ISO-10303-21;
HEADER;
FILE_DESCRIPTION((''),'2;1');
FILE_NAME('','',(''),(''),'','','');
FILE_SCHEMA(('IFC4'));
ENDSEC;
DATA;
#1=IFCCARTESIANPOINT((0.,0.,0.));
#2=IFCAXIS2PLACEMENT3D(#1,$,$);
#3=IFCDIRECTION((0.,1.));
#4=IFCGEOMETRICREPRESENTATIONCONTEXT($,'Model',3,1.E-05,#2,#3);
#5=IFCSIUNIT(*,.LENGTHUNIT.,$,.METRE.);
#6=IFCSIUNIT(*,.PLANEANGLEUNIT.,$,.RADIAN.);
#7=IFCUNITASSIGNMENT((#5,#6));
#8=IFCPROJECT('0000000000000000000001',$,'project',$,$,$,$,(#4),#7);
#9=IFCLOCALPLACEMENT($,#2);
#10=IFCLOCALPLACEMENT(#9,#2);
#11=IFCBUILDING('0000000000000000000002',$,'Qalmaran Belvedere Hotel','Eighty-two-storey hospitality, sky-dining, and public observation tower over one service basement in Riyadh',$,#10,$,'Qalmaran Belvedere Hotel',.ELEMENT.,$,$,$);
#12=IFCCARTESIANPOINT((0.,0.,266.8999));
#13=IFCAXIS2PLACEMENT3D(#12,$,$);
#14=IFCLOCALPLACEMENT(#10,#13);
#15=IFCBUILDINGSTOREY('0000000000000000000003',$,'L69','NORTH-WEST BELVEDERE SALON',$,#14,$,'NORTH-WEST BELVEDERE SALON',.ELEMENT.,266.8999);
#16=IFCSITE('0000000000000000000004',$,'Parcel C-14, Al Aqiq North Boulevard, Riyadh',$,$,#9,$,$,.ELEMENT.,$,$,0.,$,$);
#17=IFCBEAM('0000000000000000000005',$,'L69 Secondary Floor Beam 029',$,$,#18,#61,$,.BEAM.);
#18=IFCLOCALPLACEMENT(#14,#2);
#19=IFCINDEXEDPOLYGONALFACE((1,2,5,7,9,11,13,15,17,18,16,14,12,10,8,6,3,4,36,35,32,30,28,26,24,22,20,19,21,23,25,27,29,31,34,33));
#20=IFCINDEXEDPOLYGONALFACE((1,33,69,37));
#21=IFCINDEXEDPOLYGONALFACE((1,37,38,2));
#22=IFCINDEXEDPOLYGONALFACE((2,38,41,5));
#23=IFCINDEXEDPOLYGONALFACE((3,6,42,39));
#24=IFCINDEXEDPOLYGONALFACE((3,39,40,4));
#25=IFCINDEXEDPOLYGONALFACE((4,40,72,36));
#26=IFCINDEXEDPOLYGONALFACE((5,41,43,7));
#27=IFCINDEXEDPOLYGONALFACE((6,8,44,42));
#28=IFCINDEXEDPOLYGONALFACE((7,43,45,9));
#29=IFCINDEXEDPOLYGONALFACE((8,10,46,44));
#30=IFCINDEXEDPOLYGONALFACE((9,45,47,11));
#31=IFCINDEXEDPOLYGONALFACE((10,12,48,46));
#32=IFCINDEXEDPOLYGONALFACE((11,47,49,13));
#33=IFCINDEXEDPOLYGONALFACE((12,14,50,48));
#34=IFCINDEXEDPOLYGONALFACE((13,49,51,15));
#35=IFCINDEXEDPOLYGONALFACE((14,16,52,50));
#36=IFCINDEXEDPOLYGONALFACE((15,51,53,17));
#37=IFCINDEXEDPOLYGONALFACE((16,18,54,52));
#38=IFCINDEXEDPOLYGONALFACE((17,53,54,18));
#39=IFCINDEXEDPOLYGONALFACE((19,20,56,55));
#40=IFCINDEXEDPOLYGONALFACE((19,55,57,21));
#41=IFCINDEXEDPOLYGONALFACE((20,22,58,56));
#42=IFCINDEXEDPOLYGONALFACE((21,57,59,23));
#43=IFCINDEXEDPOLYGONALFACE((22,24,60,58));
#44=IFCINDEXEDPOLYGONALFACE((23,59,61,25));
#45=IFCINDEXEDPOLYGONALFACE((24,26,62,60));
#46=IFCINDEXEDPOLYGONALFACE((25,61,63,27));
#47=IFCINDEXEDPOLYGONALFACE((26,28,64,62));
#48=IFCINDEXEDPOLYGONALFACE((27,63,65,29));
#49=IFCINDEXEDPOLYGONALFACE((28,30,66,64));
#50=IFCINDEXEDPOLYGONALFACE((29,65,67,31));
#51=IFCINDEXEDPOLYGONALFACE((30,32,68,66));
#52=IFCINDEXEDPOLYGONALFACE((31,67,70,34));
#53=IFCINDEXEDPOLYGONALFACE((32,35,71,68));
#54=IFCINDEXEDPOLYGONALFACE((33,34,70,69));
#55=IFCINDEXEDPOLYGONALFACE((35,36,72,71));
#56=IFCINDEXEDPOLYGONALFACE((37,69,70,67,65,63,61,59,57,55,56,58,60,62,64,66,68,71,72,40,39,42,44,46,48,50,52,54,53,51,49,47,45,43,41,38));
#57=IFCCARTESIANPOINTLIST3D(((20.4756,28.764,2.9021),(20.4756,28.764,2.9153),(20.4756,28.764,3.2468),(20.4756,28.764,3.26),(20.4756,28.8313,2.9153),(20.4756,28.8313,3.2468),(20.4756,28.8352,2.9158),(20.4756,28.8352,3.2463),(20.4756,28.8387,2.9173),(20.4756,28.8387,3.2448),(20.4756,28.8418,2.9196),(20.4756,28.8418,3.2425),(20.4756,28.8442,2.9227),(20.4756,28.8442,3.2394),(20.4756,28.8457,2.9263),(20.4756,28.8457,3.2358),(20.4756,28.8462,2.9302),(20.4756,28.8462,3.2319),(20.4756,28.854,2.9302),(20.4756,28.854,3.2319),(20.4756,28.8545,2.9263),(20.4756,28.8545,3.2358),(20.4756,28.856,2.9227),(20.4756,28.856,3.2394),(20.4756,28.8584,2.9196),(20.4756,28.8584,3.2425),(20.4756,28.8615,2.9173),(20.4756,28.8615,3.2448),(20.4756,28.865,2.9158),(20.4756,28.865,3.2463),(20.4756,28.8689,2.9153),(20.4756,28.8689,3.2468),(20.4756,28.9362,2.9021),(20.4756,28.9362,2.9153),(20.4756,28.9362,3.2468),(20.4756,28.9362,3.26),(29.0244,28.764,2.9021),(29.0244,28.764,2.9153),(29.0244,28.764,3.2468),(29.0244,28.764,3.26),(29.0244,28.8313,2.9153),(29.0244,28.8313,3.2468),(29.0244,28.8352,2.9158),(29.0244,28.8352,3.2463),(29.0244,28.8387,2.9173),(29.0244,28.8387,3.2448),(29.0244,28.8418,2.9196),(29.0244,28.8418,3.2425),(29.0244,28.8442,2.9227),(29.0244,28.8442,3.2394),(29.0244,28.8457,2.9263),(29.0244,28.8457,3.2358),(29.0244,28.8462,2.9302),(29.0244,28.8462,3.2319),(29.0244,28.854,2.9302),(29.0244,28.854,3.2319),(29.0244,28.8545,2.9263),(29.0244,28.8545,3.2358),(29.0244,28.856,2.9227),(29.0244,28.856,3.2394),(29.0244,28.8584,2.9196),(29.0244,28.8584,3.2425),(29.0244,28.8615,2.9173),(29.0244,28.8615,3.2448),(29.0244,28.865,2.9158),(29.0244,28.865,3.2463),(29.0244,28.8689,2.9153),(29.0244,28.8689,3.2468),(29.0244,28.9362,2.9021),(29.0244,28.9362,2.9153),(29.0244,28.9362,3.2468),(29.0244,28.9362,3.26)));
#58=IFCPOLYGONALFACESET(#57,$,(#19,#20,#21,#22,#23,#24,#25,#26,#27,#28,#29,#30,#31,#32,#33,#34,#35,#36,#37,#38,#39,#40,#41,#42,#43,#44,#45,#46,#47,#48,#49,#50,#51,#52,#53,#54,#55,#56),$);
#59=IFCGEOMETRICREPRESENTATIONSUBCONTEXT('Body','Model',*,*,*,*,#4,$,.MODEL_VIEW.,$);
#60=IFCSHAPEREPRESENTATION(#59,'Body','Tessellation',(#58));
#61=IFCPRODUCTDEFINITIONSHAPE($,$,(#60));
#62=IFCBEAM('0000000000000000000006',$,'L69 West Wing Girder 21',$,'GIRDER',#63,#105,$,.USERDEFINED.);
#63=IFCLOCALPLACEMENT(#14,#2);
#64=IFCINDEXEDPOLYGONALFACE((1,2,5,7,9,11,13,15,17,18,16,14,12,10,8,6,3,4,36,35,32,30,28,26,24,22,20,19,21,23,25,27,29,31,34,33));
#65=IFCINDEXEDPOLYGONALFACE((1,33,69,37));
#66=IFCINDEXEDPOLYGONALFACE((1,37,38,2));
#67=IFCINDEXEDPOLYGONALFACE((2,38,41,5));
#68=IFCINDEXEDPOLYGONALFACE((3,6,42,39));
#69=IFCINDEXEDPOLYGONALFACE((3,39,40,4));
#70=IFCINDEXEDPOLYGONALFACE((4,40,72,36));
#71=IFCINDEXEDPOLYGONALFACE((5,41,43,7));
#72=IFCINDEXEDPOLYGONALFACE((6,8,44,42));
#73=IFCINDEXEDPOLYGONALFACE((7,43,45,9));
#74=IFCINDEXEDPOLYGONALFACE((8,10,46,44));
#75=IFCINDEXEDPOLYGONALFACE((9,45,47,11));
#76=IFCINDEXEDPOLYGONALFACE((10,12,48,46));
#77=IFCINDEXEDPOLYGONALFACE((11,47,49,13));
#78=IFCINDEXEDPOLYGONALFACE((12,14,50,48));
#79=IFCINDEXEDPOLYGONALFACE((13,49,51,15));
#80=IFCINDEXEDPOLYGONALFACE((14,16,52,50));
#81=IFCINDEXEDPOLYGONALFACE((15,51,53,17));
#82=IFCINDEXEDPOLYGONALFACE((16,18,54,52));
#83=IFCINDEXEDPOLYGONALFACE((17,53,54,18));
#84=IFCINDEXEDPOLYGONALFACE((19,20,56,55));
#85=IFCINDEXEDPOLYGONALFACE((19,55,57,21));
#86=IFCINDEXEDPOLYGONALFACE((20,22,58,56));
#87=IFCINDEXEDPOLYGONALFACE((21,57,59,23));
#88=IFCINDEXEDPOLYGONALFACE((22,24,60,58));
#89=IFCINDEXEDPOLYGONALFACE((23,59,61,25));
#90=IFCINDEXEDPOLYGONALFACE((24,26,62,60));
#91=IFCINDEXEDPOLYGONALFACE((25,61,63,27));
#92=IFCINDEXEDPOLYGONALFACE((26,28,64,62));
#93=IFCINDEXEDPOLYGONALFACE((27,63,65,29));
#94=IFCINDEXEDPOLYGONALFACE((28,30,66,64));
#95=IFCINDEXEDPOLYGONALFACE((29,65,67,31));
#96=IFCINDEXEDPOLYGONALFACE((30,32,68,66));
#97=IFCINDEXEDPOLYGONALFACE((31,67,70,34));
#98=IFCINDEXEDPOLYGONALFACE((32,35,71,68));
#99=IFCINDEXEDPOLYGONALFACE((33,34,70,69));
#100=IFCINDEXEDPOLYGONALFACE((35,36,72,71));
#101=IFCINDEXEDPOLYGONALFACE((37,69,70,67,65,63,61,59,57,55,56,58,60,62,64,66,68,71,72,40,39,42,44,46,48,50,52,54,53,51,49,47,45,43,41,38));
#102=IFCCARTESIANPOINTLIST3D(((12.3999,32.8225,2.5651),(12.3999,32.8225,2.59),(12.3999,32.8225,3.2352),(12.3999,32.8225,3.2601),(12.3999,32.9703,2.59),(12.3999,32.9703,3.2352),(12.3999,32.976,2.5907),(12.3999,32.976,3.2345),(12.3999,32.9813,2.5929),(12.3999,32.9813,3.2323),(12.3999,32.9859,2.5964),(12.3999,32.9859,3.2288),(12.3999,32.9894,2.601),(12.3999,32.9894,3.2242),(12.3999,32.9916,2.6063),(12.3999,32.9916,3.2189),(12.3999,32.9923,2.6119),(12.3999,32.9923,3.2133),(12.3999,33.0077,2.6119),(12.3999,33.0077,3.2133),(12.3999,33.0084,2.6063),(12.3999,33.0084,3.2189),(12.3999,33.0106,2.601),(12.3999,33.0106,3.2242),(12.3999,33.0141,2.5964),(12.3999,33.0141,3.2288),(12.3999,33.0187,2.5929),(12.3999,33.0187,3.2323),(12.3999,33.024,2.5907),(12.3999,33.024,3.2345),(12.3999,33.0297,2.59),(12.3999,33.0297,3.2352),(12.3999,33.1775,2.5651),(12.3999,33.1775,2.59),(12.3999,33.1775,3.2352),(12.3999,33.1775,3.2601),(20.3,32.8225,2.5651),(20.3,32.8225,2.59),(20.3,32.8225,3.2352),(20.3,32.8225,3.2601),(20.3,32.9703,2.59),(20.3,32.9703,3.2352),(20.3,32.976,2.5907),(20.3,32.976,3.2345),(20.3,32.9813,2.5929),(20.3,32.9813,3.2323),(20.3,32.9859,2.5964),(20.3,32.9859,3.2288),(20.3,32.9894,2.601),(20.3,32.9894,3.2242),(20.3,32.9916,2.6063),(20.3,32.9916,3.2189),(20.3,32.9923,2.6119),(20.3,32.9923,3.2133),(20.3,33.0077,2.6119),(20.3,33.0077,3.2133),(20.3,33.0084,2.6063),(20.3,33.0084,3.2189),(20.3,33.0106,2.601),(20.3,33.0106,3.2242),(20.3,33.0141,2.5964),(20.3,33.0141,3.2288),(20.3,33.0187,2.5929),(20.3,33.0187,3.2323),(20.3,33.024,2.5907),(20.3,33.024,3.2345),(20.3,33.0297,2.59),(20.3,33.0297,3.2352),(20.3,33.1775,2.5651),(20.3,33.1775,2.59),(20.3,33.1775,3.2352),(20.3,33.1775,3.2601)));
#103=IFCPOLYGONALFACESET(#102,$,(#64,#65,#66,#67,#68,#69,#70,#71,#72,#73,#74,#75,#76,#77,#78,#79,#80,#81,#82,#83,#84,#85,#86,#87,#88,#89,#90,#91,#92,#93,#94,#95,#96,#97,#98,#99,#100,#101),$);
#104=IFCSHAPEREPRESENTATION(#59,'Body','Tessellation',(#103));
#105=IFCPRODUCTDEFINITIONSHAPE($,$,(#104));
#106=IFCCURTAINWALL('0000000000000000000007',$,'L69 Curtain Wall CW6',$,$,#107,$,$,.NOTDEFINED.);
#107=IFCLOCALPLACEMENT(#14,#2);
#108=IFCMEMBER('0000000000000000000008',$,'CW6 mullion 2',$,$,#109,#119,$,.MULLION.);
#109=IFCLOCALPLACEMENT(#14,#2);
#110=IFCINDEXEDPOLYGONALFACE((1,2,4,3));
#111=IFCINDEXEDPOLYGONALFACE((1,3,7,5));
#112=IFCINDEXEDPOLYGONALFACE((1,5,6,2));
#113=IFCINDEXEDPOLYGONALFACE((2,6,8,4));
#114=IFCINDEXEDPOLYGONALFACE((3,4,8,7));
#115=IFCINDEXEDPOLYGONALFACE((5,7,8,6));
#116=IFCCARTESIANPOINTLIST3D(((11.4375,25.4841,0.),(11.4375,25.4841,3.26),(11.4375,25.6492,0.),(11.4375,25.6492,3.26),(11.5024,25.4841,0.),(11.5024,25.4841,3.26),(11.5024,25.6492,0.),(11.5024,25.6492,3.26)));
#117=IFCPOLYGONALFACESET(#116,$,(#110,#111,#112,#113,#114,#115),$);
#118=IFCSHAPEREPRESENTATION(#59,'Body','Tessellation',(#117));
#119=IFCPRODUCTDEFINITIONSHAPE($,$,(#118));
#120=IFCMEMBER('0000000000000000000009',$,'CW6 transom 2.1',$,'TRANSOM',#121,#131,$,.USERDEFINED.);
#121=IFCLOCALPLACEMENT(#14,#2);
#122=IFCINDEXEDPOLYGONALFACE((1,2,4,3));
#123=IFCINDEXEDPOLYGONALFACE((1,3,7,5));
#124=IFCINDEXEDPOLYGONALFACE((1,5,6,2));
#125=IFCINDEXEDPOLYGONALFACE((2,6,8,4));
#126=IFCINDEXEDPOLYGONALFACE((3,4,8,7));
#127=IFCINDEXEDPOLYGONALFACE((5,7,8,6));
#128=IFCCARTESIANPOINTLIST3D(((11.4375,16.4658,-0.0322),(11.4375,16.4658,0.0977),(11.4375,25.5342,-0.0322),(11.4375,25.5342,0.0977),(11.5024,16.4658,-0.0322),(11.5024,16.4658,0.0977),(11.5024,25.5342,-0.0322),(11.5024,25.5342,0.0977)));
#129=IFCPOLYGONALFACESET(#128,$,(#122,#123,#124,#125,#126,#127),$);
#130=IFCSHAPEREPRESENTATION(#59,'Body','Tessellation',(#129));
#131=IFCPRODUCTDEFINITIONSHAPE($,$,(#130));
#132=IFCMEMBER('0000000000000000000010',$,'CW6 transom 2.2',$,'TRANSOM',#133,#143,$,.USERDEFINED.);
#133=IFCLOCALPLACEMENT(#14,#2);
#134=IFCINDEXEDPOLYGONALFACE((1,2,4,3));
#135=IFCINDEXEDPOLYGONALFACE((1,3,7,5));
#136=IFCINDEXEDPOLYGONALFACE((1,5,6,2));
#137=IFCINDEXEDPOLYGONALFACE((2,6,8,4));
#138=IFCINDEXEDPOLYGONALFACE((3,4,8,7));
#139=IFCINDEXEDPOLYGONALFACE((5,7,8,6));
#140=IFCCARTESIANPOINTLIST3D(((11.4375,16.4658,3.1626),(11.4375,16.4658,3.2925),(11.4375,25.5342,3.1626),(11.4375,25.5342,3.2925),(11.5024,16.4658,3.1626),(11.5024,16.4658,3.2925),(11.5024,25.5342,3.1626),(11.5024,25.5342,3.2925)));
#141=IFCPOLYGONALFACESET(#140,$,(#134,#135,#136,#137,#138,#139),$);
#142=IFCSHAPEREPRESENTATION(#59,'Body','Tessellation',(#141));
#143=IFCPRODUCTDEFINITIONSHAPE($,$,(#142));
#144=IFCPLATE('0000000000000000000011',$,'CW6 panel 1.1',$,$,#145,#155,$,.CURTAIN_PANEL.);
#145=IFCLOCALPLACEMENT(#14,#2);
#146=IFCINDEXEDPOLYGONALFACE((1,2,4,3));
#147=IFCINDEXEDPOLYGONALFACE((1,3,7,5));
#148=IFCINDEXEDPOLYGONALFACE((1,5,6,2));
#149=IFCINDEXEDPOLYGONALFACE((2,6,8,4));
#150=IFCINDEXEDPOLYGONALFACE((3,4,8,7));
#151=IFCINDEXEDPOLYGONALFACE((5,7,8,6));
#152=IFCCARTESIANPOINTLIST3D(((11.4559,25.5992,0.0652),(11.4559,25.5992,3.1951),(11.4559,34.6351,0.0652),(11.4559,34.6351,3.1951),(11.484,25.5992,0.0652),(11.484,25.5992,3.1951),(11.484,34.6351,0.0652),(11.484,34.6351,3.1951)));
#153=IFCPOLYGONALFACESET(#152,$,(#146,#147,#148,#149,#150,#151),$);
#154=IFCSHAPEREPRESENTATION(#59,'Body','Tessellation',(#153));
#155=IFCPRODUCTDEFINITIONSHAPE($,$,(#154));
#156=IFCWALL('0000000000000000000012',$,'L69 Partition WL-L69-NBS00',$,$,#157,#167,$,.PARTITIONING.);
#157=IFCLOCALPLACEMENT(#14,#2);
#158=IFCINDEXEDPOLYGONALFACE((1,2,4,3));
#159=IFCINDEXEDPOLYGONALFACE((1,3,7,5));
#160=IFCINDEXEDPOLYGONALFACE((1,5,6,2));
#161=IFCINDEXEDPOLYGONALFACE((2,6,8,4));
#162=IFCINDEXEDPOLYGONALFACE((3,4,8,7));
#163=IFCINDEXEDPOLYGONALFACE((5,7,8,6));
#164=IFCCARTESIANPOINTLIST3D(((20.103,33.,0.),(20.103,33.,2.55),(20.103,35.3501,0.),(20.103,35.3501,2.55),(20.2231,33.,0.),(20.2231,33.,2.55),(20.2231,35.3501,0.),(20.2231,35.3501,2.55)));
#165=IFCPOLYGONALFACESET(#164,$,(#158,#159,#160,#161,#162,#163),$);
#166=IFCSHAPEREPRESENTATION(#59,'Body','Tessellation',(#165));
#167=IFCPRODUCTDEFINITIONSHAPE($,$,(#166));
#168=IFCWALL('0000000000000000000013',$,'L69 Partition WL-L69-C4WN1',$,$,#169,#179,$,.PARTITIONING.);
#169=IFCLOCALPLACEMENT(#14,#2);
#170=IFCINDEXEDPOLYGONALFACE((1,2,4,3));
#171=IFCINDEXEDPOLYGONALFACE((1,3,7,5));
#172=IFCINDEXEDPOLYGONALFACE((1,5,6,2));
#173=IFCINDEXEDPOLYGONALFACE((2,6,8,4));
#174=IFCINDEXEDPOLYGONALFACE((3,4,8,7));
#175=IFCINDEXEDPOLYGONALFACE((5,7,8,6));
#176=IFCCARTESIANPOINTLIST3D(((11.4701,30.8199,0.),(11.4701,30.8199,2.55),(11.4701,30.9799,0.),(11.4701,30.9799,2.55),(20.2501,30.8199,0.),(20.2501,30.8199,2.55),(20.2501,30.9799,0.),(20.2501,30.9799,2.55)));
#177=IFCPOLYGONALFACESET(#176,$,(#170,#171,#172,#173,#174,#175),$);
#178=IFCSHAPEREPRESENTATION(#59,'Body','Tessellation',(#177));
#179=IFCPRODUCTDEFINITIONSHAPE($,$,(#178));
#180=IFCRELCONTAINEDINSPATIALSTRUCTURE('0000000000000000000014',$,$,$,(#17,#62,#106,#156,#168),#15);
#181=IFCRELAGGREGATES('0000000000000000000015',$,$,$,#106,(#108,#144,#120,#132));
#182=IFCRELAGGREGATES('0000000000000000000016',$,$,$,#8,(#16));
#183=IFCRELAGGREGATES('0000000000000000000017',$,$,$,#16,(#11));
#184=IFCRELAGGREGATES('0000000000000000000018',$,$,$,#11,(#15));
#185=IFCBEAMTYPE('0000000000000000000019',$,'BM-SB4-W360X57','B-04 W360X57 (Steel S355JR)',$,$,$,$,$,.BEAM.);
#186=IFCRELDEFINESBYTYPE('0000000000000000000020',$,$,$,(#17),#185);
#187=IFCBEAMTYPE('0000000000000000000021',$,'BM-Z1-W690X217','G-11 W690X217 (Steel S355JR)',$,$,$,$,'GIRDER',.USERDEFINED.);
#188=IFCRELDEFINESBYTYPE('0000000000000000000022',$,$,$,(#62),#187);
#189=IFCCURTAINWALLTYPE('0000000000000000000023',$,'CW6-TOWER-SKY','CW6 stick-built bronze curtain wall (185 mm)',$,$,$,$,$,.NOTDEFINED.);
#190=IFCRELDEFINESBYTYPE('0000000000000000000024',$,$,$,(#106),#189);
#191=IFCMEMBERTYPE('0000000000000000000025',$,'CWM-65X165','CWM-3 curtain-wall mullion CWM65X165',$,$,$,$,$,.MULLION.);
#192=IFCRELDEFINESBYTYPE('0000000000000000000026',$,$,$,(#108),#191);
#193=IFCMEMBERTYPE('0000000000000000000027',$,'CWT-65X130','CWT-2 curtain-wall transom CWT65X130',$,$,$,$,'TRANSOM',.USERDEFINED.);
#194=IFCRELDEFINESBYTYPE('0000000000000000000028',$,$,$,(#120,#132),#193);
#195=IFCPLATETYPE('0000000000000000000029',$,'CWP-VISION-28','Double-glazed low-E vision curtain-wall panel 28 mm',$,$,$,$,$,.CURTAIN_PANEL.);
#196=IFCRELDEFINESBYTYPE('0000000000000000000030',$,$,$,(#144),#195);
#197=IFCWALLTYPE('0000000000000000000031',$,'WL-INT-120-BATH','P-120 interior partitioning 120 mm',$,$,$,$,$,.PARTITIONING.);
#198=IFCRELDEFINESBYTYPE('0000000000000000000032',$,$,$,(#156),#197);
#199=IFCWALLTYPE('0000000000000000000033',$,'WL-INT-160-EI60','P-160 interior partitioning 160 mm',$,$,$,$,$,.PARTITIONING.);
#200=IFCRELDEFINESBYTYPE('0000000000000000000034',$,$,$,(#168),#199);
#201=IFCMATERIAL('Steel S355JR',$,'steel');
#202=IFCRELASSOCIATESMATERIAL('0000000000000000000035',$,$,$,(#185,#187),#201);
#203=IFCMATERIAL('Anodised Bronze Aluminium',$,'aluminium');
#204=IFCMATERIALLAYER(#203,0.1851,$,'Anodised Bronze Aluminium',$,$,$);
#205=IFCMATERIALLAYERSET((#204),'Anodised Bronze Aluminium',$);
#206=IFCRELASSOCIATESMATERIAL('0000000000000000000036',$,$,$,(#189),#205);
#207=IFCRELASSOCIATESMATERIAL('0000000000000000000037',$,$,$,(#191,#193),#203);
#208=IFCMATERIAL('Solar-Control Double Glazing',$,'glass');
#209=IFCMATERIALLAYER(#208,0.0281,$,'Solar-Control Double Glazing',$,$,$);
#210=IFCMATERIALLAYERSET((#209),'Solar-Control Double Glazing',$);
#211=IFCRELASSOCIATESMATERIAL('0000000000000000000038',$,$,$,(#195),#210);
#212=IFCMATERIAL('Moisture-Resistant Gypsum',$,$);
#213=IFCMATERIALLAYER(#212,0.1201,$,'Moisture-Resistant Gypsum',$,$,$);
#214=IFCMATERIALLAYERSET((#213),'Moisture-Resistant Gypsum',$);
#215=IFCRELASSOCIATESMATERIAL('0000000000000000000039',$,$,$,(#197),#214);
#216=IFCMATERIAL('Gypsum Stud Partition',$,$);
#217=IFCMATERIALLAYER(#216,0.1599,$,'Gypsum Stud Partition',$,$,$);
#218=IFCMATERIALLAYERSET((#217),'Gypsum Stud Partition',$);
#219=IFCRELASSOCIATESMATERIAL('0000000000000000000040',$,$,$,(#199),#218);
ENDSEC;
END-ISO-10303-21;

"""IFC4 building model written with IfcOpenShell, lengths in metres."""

from ifc_helpers import new_model, si_unit, direction, frame, frame_2d, origin, origin_2d, place, context, subcontext, project, spatial, rectangle, i_section, extrude, material, layer, layer_set, material_profile, profile_set, type_object, element, aggregate, save


model = new_model("IFC4")

# Units and contexts
model_context = context("Model", 3, precision=1e-05, world=origin(), true_north=direction((0.0, 1.0)))
body_context = subcontext(model_context, "Body", "Model", "MODEL_VIEW")
ifc_project = project(units=[si_unit("LENGTHUNIT", "METRE"), si_unit("PLANEANGLEUNIT", "RADIAN")], contexts=[model_context])

# Site, building, storey
site_placement = place(None, origin())
site = spatial("IfcSite", under=ifc_project, at=site_placement, Name="Parcel C-14, Al Aqiq North Boulevard, Riyadh", CompositionType="ELEMENT", RefElevation=0.0)
building_placement = place(site_placement, origin())
building = spatial("IfcBuilding", under=site, at=building_placement, Name="Qalmaran Belvedere Hotel", Description="Eighty-two-storey hospitality, sky-dining, and public observation tower over one service basement in Riyadh", LongName="Qalmaran Belvedere Hotel", CompositionType="ELEMENT")
storey_placement = place(building_placement, frame((0.0, 0.0, 266.8999)))
storey = spatial("IfcBuildingStorey", under=building, at=storey_placement, Name="L69", Description="NORTH-WEST BELVEDERE SALON", LongName="NORTH-WEST BELVEDERE SALON", CompositionType="ELEMENT", Elevation=266.8999)

# Beams
ifc_material_1 = material(Name="Steel S355JR", Category="steel")
ifc_material_profile_1 = material_profile(ifc_material_1, i_section(OverallWidth=0.1721, OverallDepth=0.3579, WebThickness=0.0078, FlangeThickness=0.0132, FilletRadius=0.0149, at=origin_2d()), Name="W360X57")
ifc_profile_set_1 = profile_set([ifc_material_profile_1], Name="Steel S355JR")
beam_type_1 = type_object("IfcBeamType", Name="BM-SB4-W360X57", Description="B-04 W360X57 (Steel S355JR)", PredefinedType="BEAM", material=ifc_profile_set_1)
beam_1_placement = place(storey_placement, frame((20.4756, 28.8501, 3.0811), z_axis=(1.0, 0.0, 0.0), x_axis=(0.0, 1.0, 0.0)))
element("IfcBeam", 1, at=beam_1_placement, inside=storey, type_object=beam_type_1, Name="L69 Secondary Floor Beam 029", PredefinedType="BEAM", context=body_context, shape_type="SweptSolid", body=[
    extrude(i_section(OverallWidth=0.1721, OverallDepth=0.3579, WebThickness=0.0078, FlangeThickness=0.0132, FilletRadius=0.0149, at=origin_2d()), origin(), (0.0, 0.0, 1.0), 8.5488),
])
ifc_material_profile_2 = material_profile(ifc_material_1, i_section(OverallWidth=0.355, OverallDepth=0.6951, WebThickness=0.0154, FlangeThickness=0.0249, FilletRadius=0.022, at=origin_2d()), Name="W690X217")
ifc_profile_set_2 = profile_set([ifc_material_profile_2], Name="Steel S355JR")
beam_type_2 = type_object("IfcBeamType", Name="BM-Z1-W690X217", Description="G-11 W690X217 (Steel S355JR)", ElementType="GIRDER", PredefinedType="USERDEFINED", material=ifc_profile_set_2)
beam_2_placement = place(storey_placement, frame((12.3999, 33.0, 2.9126), z_axis=(1.0, 0.0, 0.0), x_axis=(0.0, 1.0, 0.0)))
element("IfcBeam", 2, at=beam_2_placement, inside=storey, type_object=beam_type_2, Name="L69 West Wing Girder 21", ObjectType="GIRDER", PredefinedType="USERDEFINED", context=body_context, shape_type="SweptSolid", body=[
    extrude(i_section(OverallWidth=0.355, OverallDepth=0.6951, WebThickness=0.0154, FlangeThickness=0.0249, FilletRadius=0.022, at=origin_2d()), origin(), (0.0, 0.0, 1.0), 7.9001),
])

# Curtain wall, members, plate
ifc_material_2 = material(Name="Anodised Bronze Aluminium", Category="aluminium")
ifc_layer_1 = layer(ifc_material_2, 0.1851, Name="Anodised Bronze Aluminium")
ifc_layer_set_1 = layer_set([ifc_layer_1], Name="Anodised Bronze Aluminium")
curtain_wall_type = type_object("IfcCurtainWallType", Name="CW6-TOWER-SKY", Description="CW6 stick-built bronze curtain wall (185 mm)", PredefinedType="NOTDEFINED", material=ifc_layer_set_1)
curtain_wall_placement = place(storey_placement, origin())
curtain_wall = element("IfcCurtainWall", 3, at=curtain_wall_placement, inside=storey, type_object=curtain_wall_type, Name="L69 Curtain Wall CW6", PredefinedType="NOTDEFINED")
ifc_material_profile_3 = material_profile(ifc_material_2, rectangle(XDim=0.0649, YDim=0.165, at=origin_2d()), Name="CWM65X165")
ifc_profile_set_3 = profile_set([ifc_material_profile_3], Name="Anodised Bronze Aluminium")
member_type_1 = type_object("IfcMemberType", Name="CWM-65X165", Description="CWM-3 curtain-wall mullion CWM65X165", PredefinedType="MULLION", material=ifc_profile_set_3)
member_1_placement = place(storey_placement, frame((11.47, 25.5667, 0.0), z_axis=(0.0, 0.0, 1.0), x_axis=(1.0, 0.0, 0.0)))
member_1 = element("IfcMember", 4, at=member_1_placement, type_object=member_type_1, Name="CW6 mullion 2", PredefinedType="MULLION", context=body_context, shape_type="SweptSolid", body=[
    extrude(rectangle(XDim=0.0649, YDim=0.165, at=origin_2d()), origin(), (0.0, 0.0, 1.0), 3.26),
])
ifc_material_profile_4 = material_profile(ifc_material_2, rectangle(XDim=0.0649, YDim=0.1299, at=origin_2d()), Name="CWT65X130")
ifc_profile_set_4 = profile_set([ifc_material_profile_4], Name="Anodised Bronze Aluminium")
member_type_2 = type_object("IfcMemberType", Name="CWT-65X130", Description="CWT-2 curtain-wall transom CWT65X130", ElementType="TRANSOM", PredefinedType="USERDEFINED", material=ifc_profile_set_4)
member_2_placement = place(storey_placement, frame((11.47, 25.5342, 0.0327), z_axis=(0.0, -1.0, 0.0), x_axis=(1.0, 0.0, 0.0)))
member_2 = element("IfcMember", 5, at=member_2_placement, type_object=member_type_2, Name="CW6 transom 2.1", ObjectType="TRANSOM", PredefinedType="USERDEFINED", context=body_context, shape_type="SweptSolid", body=[
    extrude(rectangle(XDim=0.0649, YDim=0.1299, at=origin_2d()), origin(), (0.0, 0.0, 1.0), 9.0684),
])
member_3_placement = place(storey_placement, frame((11.47, 25.5342, 3.2275), z_axis=(0.0, -1.0, 0.0), x_axis=(1.0, 0.0, 0.0)))
member_3 = element("IfcMember", 6, at=member_3_placement, type_object=member_type_2, Name="CW6 transom 2.2", ObjectType="TRANSOM", PredefinedType="USERDEFINED", context=body_context, shape_type="SweptSolid", body=[
    extrude(rectangle(XDim=0.0649, YDim=0.1299, at=origin_2d()), origin(), (0.0, 0.0, 1.0), 9.0684),
])
ifc_material_3 = material(Name="Solar-Control Double Glazing", Category="glass")
ifc_layer_2 = layer(ifc_material_3, 0.0281, Name="Solar-Control Double Glazing")
ifc_layer_set_2 = layer_set([ifc_layer_2], Name="Solar-Control Double Glazing")
plate_type = type_object("IfcPlateType", Name="CWP-VISION-28", Description="Double-glazed low-E vision curtain-wall panel 28 mm", PredefinedType="CURTAIN_PANEL", material=ifc_layer_set_2)
plate_placement = place(storey_placement, frame((11.47, 30.1172, 0.0652), z_axis=(0.0, 0.0, 1.0), x_axis=(0.0, -1.0, 0.0)))
plate = element("IfcPlate", 7, at=plate_placement, type_object=plate_type, Name="CW6 panel 1.1", PredefinedType="CURTAIN_PANEL", context=body_context, shape_type="SweptSolid", body=[
    extrude(rectangle(XDim=9.0359, YDim=0.0281, at=origin_2d()), origin(), (0.0, 0.0, 1.0), 3.1299),
])
aggregate(curtain_wall, [member_1, plate, member_2, member_3])

# Walls
ifc_material_4 = material(Name="Moisture-Resistant Gypsum")
ifc_layer_3 = layer(ifc_material_4, 0.1201, Name="Moisture-Resistant Gypsum")
ifc_layer_set_3 = layer_set([ifc_layer_3], Name="Moisture-Resistant Gypsum")
wall_type_1 = type_object("IfcWallType", Name="WL-INT-120-BATH", Description="P-120 interior partitioning 120 mm", PredefinedType="PARTITIONING", material=ifc_layer_set_3)
wall_1_placement = place(storey_placement, frame((20.1631, 33.0, 0.0), z_axis=(0.0, 0.0, 1.0), x_axis=(0.0, 1.0, 0.0)))
element("IfcWall", 8, at=wall_1_placement, inside=storey, type_object=wall_type_1, Name="L69 Partition WL-L69-NBS00", PredefinedType="PARTITIONING", context=body_context, shape_type="SweptSolid", body=[
    extrude(rectangle(XDim=2.3501, YDim=0.1201, at=frame_2d((1.175, 0.0))), origin(), (0.0, 0.0, 1.0), 2.55),
])
ifc_material_5 = material(Name="Gypsum Stud Partition")
ifc_layer_4 = layer(ifc_material_5, 0.1599, Name="Gypsum Stud Partition")
ifc_layer_set_4 = layer_set([ifc_layer_4], Name="Gypsum Stud Partition")
wall_type_2 = type_object("IfcWallType", Name="WL-INT-160-EI60", Description="P-160 interior partitioning 160 mm", PredefinedType="PARTITIONING", material=ifc_layer_set_4)
wall_2_placement = place(storey_placement, frame((11.47, 30.8999, 0.0), z_axis=(0.0, 0.0, 1.0), x_axis=(1.0, 0.0, 0.0)))
element("IfcWall", 9, at=wall_2_placement, inside=storey, type_object=wall_type_2, Name="L69 Partition WL-L69-C4WN1", PredefinedType="PARTITIONING", context=body_context, shape_type="SweptSolid", body=[
    extrude(rectangle(XDim=8.78, YDim=0.1599, at=frame_2d((4.3901, 0.0))), origin(), (0.0, 0.0, 1.0), 2.55),
])

save(model, "model.ifc")
